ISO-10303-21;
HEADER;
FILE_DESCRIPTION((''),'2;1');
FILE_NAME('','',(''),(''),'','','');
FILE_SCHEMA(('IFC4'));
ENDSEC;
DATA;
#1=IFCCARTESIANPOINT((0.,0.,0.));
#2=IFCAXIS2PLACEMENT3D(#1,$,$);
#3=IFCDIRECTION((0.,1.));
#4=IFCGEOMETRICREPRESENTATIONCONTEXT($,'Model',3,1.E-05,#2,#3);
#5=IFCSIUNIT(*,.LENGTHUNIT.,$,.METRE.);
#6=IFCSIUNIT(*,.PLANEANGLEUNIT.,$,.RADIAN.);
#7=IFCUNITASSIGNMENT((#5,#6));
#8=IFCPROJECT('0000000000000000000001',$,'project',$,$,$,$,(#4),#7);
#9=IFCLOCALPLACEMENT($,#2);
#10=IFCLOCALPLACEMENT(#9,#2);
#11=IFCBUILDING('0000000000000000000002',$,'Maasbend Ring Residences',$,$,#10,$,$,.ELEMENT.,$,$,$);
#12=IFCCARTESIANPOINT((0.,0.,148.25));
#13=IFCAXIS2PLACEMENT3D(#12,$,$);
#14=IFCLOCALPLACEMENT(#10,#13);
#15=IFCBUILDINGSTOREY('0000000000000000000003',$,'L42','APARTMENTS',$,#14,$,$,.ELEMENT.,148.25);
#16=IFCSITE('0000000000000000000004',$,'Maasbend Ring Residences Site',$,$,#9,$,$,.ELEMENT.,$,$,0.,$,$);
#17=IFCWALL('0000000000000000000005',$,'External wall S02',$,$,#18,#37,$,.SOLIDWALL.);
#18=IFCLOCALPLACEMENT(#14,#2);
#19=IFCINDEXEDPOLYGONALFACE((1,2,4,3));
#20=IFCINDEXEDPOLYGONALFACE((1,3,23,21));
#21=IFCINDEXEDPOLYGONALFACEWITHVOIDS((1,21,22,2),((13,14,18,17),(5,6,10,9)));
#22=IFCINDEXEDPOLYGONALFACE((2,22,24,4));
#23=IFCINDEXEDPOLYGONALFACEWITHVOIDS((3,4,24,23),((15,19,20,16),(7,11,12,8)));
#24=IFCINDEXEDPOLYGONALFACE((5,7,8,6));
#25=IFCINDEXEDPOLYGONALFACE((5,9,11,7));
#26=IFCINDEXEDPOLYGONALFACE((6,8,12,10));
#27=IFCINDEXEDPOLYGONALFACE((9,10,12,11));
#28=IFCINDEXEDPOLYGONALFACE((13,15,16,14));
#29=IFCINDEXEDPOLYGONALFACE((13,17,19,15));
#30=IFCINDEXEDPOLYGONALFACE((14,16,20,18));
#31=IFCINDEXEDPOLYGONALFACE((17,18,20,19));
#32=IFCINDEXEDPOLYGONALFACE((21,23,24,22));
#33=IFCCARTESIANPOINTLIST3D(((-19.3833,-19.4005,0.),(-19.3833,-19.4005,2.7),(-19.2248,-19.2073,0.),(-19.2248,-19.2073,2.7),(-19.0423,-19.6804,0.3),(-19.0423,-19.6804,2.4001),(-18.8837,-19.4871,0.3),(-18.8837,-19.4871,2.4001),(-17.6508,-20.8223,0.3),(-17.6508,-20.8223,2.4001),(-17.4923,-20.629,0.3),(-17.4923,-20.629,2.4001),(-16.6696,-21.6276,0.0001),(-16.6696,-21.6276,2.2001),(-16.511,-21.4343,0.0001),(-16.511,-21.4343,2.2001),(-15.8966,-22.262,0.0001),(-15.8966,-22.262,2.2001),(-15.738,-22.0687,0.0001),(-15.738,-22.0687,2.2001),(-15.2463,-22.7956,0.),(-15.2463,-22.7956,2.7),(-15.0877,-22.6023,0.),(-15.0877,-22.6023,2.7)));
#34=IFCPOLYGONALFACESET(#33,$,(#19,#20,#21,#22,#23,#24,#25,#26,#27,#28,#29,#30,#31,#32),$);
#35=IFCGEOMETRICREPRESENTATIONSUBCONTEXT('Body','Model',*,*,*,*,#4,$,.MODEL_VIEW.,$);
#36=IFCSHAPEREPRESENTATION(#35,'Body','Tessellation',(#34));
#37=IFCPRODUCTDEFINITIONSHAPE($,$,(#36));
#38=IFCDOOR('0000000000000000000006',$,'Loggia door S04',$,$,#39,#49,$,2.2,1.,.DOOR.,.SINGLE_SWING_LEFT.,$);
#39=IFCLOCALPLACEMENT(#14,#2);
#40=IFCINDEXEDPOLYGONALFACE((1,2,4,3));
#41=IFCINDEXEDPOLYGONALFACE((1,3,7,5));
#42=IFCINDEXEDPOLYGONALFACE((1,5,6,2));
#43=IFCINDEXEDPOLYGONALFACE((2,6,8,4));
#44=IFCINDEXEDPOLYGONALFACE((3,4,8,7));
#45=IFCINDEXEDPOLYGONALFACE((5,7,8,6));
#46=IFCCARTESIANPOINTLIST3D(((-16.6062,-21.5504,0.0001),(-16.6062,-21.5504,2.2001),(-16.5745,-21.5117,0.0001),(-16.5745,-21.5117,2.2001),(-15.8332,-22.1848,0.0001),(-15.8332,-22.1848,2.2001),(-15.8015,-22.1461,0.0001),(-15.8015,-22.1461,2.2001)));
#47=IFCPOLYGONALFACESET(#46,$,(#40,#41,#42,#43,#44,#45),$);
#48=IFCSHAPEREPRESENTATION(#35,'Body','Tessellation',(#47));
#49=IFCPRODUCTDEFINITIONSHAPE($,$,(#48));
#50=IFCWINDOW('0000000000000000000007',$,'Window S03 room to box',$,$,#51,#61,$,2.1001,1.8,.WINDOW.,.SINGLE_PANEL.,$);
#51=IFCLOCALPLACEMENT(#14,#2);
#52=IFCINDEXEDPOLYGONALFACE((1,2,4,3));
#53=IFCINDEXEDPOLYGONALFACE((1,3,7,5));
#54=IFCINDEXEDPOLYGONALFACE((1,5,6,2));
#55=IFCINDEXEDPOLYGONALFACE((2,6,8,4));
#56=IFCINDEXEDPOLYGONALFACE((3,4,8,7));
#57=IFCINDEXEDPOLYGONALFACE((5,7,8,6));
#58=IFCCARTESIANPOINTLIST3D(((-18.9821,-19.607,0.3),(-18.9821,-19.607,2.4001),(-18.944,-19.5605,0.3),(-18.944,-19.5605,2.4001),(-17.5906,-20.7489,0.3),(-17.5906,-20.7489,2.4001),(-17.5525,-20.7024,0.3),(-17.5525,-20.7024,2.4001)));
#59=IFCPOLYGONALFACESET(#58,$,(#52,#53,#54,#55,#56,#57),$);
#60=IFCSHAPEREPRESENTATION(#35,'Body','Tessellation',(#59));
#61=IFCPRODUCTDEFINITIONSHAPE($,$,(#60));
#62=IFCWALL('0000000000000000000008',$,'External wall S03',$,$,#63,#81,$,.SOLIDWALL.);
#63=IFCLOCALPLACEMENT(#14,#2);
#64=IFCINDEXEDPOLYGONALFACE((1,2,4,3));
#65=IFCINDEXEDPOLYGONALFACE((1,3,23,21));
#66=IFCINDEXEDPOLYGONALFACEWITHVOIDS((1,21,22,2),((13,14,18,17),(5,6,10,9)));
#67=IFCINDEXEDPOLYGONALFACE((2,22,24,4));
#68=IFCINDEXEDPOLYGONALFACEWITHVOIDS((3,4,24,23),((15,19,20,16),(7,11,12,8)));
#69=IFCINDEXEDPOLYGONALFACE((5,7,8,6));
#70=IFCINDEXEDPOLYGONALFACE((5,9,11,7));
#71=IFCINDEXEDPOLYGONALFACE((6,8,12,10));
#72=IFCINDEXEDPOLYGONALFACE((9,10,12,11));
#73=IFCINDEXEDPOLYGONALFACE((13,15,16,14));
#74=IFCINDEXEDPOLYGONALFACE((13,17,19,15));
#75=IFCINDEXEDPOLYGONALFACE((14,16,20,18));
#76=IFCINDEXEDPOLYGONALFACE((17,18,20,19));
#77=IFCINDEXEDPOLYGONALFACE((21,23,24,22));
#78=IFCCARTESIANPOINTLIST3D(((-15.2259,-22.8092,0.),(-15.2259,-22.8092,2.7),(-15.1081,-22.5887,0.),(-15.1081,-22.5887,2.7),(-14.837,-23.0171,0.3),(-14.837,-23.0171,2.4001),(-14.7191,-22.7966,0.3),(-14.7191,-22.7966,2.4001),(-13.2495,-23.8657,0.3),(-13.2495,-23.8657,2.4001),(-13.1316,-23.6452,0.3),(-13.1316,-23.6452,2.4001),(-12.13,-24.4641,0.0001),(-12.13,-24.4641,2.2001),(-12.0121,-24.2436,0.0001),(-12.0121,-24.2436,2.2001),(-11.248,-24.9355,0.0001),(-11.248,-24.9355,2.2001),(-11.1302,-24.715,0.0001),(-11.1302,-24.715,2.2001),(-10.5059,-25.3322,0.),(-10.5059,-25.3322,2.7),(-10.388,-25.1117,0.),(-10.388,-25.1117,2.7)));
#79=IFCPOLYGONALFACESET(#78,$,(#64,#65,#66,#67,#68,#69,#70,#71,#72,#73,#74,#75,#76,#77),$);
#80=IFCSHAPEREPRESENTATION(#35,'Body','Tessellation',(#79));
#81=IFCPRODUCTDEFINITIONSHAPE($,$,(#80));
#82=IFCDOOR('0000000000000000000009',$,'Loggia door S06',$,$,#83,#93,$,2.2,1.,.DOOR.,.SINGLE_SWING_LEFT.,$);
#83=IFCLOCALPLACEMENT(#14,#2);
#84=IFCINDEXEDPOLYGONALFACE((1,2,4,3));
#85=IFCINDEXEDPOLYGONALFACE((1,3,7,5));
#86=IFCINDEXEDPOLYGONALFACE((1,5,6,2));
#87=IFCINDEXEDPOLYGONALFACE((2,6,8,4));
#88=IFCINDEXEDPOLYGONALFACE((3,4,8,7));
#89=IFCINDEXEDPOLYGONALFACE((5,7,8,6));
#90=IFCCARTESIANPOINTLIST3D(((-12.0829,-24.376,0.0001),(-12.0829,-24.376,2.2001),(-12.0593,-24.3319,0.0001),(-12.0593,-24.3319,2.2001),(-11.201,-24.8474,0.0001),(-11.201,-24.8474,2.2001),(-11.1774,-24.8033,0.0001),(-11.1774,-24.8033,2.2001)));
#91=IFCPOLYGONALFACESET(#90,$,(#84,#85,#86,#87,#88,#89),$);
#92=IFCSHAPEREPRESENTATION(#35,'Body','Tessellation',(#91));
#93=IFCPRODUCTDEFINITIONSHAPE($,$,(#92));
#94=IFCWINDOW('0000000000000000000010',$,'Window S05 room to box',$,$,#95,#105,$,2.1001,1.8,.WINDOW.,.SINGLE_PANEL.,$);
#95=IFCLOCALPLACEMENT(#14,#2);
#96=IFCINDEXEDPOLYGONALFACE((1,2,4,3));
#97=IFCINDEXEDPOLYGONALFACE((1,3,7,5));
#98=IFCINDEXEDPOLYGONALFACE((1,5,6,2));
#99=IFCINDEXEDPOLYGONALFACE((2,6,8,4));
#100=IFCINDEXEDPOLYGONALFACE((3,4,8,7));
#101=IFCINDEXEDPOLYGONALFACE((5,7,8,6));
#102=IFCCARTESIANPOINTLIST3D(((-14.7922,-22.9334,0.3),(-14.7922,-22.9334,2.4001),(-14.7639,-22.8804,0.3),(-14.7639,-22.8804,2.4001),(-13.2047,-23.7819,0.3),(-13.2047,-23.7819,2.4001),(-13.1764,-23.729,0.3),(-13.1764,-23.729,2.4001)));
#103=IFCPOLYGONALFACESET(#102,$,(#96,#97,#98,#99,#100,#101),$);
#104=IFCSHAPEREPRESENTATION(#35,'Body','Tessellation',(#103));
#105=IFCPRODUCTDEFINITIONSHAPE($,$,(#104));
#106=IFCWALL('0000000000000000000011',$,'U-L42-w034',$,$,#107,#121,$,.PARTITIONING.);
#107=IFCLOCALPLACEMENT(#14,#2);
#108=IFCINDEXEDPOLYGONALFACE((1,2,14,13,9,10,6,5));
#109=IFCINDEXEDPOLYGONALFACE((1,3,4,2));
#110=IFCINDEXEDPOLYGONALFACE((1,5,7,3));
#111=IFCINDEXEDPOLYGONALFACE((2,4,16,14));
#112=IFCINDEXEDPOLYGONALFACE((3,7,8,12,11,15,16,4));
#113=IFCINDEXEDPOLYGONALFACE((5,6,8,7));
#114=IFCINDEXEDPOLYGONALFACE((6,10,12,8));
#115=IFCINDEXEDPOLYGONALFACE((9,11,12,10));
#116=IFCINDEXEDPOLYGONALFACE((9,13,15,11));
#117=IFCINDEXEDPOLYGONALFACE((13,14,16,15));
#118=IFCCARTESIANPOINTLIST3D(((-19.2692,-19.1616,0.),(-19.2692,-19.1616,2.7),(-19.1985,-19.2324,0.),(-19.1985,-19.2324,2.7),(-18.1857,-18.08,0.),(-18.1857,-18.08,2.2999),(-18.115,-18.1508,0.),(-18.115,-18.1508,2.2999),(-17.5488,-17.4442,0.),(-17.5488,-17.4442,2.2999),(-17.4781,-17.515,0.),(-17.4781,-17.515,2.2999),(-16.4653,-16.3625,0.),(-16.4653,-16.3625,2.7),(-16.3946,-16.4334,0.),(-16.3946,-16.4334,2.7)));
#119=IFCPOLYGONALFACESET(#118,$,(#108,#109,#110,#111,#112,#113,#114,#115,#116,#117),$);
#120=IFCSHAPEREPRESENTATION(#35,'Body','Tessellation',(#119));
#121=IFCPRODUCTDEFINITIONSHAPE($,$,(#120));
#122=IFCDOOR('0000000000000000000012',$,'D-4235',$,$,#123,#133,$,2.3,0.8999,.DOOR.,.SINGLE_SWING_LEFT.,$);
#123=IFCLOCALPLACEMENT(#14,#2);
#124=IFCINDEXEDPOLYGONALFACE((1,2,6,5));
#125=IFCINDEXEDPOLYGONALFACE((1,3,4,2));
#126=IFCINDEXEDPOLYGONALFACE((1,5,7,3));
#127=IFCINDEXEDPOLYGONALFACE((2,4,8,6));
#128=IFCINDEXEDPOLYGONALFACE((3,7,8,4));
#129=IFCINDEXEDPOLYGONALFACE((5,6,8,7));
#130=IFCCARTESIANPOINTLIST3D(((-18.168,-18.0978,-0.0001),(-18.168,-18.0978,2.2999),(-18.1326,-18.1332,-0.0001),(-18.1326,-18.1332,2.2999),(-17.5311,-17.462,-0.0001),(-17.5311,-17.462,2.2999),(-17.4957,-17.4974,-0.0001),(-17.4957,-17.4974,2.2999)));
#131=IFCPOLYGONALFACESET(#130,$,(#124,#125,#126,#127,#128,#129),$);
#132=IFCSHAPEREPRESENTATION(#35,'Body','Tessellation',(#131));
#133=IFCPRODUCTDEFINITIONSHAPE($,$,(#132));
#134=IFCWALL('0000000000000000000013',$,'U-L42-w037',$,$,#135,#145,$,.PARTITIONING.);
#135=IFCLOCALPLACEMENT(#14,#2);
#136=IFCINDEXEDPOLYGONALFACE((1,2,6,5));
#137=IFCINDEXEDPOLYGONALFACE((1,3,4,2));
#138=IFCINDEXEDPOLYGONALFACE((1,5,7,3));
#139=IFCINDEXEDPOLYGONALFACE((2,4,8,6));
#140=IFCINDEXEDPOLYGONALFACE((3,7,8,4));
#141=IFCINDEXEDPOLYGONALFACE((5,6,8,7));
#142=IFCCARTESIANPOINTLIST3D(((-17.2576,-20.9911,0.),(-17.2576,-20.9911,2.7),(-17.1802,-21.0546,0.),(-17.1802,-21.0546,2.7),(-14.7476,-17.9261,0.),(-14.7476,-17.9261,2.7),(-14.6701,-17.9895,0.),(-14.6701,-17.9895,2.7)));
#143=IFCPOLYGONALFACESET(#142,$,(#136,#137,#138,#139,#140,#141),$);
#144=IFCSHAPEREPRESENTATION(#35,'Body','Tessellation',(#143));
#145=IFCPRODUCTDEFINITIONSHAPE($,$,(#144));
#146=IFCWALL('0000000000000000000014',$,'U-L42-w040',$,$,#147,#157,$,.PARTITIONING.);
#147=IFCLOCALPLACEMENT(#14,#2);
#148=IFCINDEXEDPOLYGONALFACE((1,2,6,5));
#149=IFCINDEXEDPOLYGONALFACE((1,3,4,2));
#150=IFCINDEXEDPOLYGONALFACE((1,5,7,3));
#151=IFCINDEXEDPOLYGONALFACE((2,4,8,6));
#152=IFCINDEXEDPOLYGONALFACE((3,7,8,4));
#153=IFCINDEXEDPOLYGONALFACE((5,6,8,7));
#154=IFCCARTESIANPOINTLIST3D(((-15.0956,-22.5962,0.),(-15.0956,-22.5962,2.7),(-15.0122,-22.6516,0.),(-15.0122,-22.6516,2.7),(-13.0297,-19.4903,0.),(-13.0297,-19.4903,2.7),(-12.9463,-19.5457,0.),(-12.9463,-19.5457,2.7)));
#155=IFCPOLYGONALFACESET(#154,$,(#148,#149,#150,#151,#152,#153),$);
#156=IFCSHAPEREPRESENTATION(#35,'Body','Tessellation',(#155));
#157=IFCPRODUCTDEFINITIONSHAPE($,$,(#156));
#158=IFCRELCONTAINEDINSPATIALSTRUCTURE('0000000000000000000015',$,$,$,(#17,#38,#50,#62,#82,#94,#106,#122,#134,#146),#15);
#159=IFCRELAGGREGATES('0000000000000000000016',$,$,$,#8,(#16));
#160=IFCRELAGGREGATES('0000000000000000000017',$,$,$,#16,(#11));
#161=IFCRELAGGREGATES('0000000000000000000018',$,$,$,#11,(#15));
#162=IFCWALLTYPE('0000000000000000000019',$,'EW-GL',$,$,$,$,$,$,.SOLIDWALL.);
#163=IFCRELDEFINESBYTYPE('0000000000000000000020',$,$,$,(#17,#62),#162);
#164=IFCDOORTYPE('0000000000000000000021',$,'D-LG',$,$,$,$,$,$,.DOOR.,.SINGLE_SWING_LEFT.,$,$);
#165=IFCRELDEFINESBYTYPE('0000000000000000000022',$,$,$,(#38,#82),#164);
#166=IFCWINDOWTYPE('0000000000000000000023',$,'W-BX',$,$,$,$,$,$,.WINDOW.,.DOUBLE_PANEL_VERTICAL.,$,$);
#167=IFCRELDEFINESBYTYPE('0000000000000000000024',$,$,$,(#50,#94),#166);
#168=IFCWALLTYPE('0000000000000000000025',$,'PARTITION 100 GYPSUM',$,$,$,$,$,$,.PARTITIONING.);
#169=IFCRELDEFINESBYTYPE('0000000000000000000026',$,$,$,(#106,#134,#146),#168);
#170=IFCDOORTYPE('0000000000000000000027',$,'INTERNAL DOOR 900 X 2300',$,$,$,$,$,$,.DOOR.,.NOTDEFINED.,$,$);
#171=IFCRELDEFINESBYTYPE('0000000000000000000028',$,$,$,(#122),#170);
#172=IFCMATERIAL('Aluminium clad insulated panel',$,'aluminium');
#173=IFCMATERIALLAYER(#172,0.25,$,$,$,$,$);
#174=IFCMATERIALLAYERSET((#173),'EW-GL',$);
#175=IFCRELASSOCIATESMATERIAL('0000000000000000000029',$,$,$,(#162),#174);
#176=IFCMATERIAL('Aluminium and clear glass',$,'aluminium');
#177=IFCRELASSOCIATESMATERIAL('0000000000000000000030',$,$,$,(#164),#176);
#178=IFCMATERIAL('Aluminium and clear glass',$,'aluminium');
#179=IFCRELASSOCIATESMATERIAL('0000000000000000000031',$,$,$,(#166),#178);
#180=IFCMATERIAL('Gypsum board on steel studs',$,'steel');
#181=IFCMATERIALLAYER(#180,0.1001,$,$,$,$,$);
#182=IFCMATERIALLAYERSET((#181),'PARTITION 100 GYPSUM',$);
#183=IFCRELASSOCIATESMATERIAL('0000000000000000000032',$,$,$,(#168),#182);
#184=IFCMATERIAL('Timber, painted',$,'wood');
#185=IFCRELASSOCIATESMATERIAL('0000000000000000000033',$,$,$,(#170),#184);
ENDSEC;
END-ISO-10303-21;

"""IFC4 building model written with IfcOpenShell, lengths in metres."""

from ifc_helpers import new_model, si_unit, direction, frame, frame_2d, origin, place, context, subcontext, project, spatial, rectangle, extrude, material, layer, layer_set, type_object, element, fill, save


model = new_model("IFC4")

# Units and contexts
model_context = context("Model", 3, precision=1e-05, world=origin(), true_north=direction((0.0, 1.0)))
body_context = subcontext(model_context, "Body", "Model", "MODEL_VIEW")
ifc_project = project(units=[si_unit("LENGTHUNIT", "METRE"), si_unit("PLANEANGLEUNIT", "RADIAN")], contexts=[model_context])

# Site, building, storey
site_placement = place(None, origin())
site = spatial("IfcSite", under=ifc_project, at=site_placement, Name="Maasbend Ring Residences Site", CompositionType="ELEMENT", RefElevation=0.0)
building_placement = place(site_placement, origin())
building = spatial("IfcBuilding", under=site, at=building_placement, Name="Maasbend Ring Residences", CompositionType="ELEMENT")
storey_placement = place(building_placement, frame((0.0, 0.0, 148.25)))
storey = spatial("IfcBuildingStorey", under=building, at=storey_placement, Name="L42", Description="APARTMENTS", CompositionType="ELEMENT", Elevation=148.25)

# Walls, openings, doors, windows
ifc_material_1 = material(Name="Aluminium clad insulated panel", Category="aluminium")
ifc_layer_1 = layer(ifc_material_1, 0.25)
ifc_layer_set_1 = layer_set([ifc_layer_1], Name="EW-GL")
wall_type_1 = type_object("IfcWallType", Name="EW-GL", PredefinedType="SOLIDWALL", material=ifc_layer_set_1)
wall_1_placement = place(storey_placement, frame((-19.304, -19.304, 0.0), z_axis=(0.0, 0.0, 1.0), x_axis=(0.773019, -0.634382, 0.0)))
wall_1 = element("IfcWall", 1, at=wall_1_placement, inside=storey, type_object=wall_type_1, Name="External wall S02", PredefinedType="SOLIDWALL", context=body_context, shape_type="SweptSolid", body=[
    extrude(rectangle(XDim=5.3518, YDim=0.25, at=frame_2d((2.6758, 0.0))), origin(), (0.0, 0.0, 1.0), 2.7),
])
opening_1_placement = place(wall_1_placement, frame((0.4412, 0.0, 0.3)))
opening_1 = element("IfcOpeningElement", 2, at=opening_1_placement, cuts=wall_1, PredefinedType="OPENING", context=body_context, shape_type="SweptSolid", body=[
    extrude(rectangle(XDim=1.8, YDim=2.1001, at=frame_2d((0.8999, 1.05))), frame((0.0, 0.135, 0.0), z_axis=(0.0, -1.0, 0.0), x_axis=(1.0, 0.0, 0.0)), (0.0, 0.0, 1.0), 0.27),
])
opening_2_placement = place(wall_1_placement, frame((3.5105, 0.0, 0.0)))
opening_2 = element("IfcOpeningElement", 3, at=opening_2_placement, cuts=wall_1, PredefinedType="OPENING", context=body_context, shape_type="SweptSolid", body=[
    extrude(rectangle(XDim=1.0, YDim=2.2, at=frame_2d((0.5, 1.1001))), frame((0.0, 0.135, 0.0), z_axis=(0.0, -1.0, 0.0), x_axis=(1.0, 0.0, 0.0)), (0.0, 0.0, 1.0), 0.27),
])
ifc_material_2 = material(Name="Aluminium and clear glass", Category="aluminium")
door_type_1 = type_object("IfcDoorType", Name="D-LG", OperationType="SINGLE_SWING_LEFT", PredefinedType="DOOR", material=ifc_material_2)
door_1_placement = place(opening_2_placement, origin())
door_1 = element("IfcDoor", 4, at=door_1_placement, inside=storey, type_object=door_type_1, Name="Loggia door S04", OperationType="SINGLE_SWING_LEFT", OverallHeight=2.2, OverallWidth=1.0, PredefinedType="DOOR", context=body_context, shape_type="SweptSolid", body=[
    extrude(rectangle(XDim=1.0, YDim=2.2, at=frame_2d((0.5, 1.1001))), frame((0.0, 0.0249, 0.0), z_axis=(0.0, -1.0, 0.0), x_axis=(1.0, 0.0, 0.0)), (0.0, 0.0, 1.0), 0.05),
])
fill(opening_2, door_1)
ifc_material_3 = material(Name="Aluminium and clear glass", Category="aluminium")
window_type_1 = type_object("IfcWindowType", Name="W-BX", PartitioningType="DOUBLE_PANEL_VERTICAL", PredefinedType="WINDOW", material=ifc_material_3)
window_1_placement = place(opening_1_placement, origin())
window_1 = element("IfcWindow", 5, at=window_1_placement, inside=storey, type_object=window_type_1, Name="Window S03 room to box", OverallHeight=2.1001, OverallWidth=1.8, PartitioningType="SINGLE_PANEL", PredefinedType="WINDOW", context=body_context, shape_type="SweptSolid", body=[
    extrude(rectangle(XDim=1.8, YDim=2.1001, at=frame_2d((0.8999, 1.05))), frame((0.0, 0.03, 0.0), z_axis=(0.0, -1.0, 0.0), x_axis=(1.0, 0.0, 0.0)), (0.0, 0.0, 1.0), 0.0601),
])
fill(opening_1, window_1)
wall_2_placement = place(storey_placement, frame((-15.167, -22.699, 0.0), z_axis=(0.0, 0.0, 1.0), x_axis=(0.881916, -0.471407, 0.0)))
wall_2 = element("IfcWall", 6, at=wall_2_placement, inside=storey, type_object=wall_type_1, Name="External wall S03", PredefinedType="SOLIDWALL", context=body_context, shape_type="SweptSolid", body=[
    extrude(rectangle(XDim=5.3521, YDim=0.25, at=frame_2d((2.676, 0.0))), origin(), (0.0, 0.0, 1.0), 2.7),
])
opening_3_placement = place(wall_2_placement, frame((0.4412, 0.0, 0.3)))
opening_3 = element("IfcOpeningElement", 7, at=opening_3_placement, cuts=wall_2, PredefinedType="OPENING", context=body_context, shape_type="SweptSolid", body=[
    extrude(rectangle(XDim=1.8, YDim=2.1001, at=frame_2d((0.8999, 1.05))), frame((0.0, 0.135, 0.0), z_axis=(0.0, -1.0, 0.0), x_axis=(1.0, 0.0, 0.0)), (0.0, 0.0, 1.0), 0.27),
])
opening_4_placement = place(wall_2_placement, frame((3.5105, 0.0, 0.0)))
opening_4 = element("IfcOpeningElement", 8, at=opening_4_placement, cuts=wall_2, PredefinedType="OPENING", context=body_context, shape_type="SweptSolid", body=[
    extrude(rectangle(XDim=1.0, YDim=2.2, at=frame_2d((0.5, 1.1001))), frame((0.0, 0.135, 0.0), z_axis=(0.0, -1.0, 0.0), x_axis=(1.0, 0.0, 0.0)), (0.0, 0.0, 1.0), 0.27),
])
door_2_placement = place(opening_4_placement, origin())
door_2 = element("IfcDoor", 9, at=door_2_placement, inside=storey, type_object=door_type_1, Name="Loggia door S06", OperationType="SINGLE_SWING_LEFT", OverallHeight=2.2, OverallWidth=1.0, PredefinedType="DOOR", context=body_context, shape_type="SweptSolid", body=[
    extrude(rectangle(XDim=1.0, YDim=2.2, at=frame_2d((0.5, 1.1001))), frame((0.0, 0.0249, 0.0), z_axis=(0.0, -1.0, 0.0), x_axis=(1.0, 0.0, 0.0)), (0.0, 0.0, 1.0), 0.05),
])
fill(opening_4, door_2)
window_2_placement = place(opening_3_placement, origin())
window_2 = element("IfcWindow", 10, at=window_2_placement, inside=storey, type_object=window_type_1, Name="Window S05 room to box", OverallHeight=2.1001, OverallWidth=1.8, PartitioningType="SINGLE_PANEL", PredefinedType="WINDOW", context=body_context, shape_type="SweptSolid", body=[
    extrude(rectangle(XDim=1.8, YDim=2.1001, at=frame_2d((0.8999, 1.05))), frame((0.0, 0.03, 0.0), z_axis=(0.0, -1.0, 0.0), x_axis=(1.0, 0.0, 0.0)), (0.0, 0.0, 1.0), 0.0601),
])
fill(opening_3, window_2)

# Wall, opening, door
ifc_material_4 = material(Name="Gypsum board on steel studs", Category="steel")
ifc_layer_2 = layer(ifc_material_4, 0.1001)
ifc_layer_set_2 = layer_set([ifc_layer_2], Name="PARTITION 100 GYPSUM")
wall_type_2 = type_object("IfcWallType", Name="PARTITION 100 GYPSUM", PredefinedType="PARTITIONING", material=ifc_layer_set_2)
wall_3_placement = place(storey_placement, frame((-19.2339, -19.197, 0.0), z_axis=(0.0, 0.0, 1.0), x_axis=(0.707723, 0.70649, 0.0)))
wall_3 = element("IfcWall", 11, at=wall_3_placement, inside=storey, type_object=wall_type_2, Name="U-L42-w034", PredefinedType="PARTITIONING", context=body_context, shape_type="SweptSolid", body=[
    extrude(rectangle(XDim=3.9619, YDim=0.1001, at=frame_2d((1.981, 0.0))), origin(), (0.0, 0.0, 1.0), 2.7),
])
opening_5_placement = place(wall_3_placement, frame((1.531, 0.0, 0.0)))
opening_5 = element("IfcOpeningElement", 12, at=opening_5_placement, cuts=wall_3, PredefinedType="OPENING", context=body_context, shape_type="SweptSolid", body=[
    extrude(rectangle(XDim=0.8999, YDim=2.3, at=frame_2d((0.45, 1.1499))), frame((0.0, 0.0601, 0.0), z_axis=(0.0, -1.0, 0.0), x_axis=(1.0, 0.0, 0.0)), (0.0, 0.0, 1.0), 0.1201),
])
ifc_material_5 = material(Name="Timber, painted", Category="wood")
door_type_2 = type_object("IfcDoorType", Name="INTERNAL DOOR 900 X 2300", OperationType="NOTDEFINED", PredefinedType="DOOR", material=ifc_material_5)
door_3_placement = place(opening_5_placement, origin())
door_3 = element("IfcDoor", 13, at=door_3_placement, inside=storey, type_object=door_type_2, Name="D-4235", OperationType="SINGLE_SWING_LEFT", OverallHeight=2.3, OverallWidth=0.8999, PredefinedType="DOOR", context=body_context, shape_type="SweptSolid", body=[
    extrude(rectangle(XDim=0.8999, YDim=2.3, at=frame_2d((0.45, 1.1499))), frame((0.0, 0.0249, 0.0), z_axis=(0.0, -1.0, 0.0), x_axis=(1.0, 0.0, 0.0)), (0.0, 0.0, 1.0), 0.05),
])
fill(opening_5, door_3)

# Walls
wall_4_placement = place(storey_placement, frame((-17.219, -21.0229, 0.0), z_axis=(0.0, 0.0, 1.0), x_axis=(0.63359, 0.773669, 0.0)))
element("IfcWall", 14, at=wall_4_placement, inside=storey, type_object=wall_type_2, Name="U-L42-w037", PredefinedType="PARTITIONING", context=body_context, shape_type="SweptSolid", body=[
    extrude(rectangle(XDim=3.9617, YDim=0.1001, at=frame_2d((1.981, 0.0))), origin(), (0.0, 0.0, 1.0), 2.7),
])
wall_5_placement = place(storey_placement, frame((-15.054, -22.624, 0.0), z_axis=(0.0, 0.0, 1.0), x_axis=(0.553824, 0.832634, 0.0)))
element("IfcWall", 15, at=wall_5_placement, inside=storey, type_object=wall_type_2, Name="U-L42-w040", PredefinedType="PARTITIONING", context=body_context, shape_type="SweptSolid", body=[
    extrude(rectangle(XDim=3.7302, YDim=0.1001, at=frame_2d((1.8652, 0.0))), origin(), (0.0, 0.0, 1.0), 2.7),
])

save(model, "model.ifc")
